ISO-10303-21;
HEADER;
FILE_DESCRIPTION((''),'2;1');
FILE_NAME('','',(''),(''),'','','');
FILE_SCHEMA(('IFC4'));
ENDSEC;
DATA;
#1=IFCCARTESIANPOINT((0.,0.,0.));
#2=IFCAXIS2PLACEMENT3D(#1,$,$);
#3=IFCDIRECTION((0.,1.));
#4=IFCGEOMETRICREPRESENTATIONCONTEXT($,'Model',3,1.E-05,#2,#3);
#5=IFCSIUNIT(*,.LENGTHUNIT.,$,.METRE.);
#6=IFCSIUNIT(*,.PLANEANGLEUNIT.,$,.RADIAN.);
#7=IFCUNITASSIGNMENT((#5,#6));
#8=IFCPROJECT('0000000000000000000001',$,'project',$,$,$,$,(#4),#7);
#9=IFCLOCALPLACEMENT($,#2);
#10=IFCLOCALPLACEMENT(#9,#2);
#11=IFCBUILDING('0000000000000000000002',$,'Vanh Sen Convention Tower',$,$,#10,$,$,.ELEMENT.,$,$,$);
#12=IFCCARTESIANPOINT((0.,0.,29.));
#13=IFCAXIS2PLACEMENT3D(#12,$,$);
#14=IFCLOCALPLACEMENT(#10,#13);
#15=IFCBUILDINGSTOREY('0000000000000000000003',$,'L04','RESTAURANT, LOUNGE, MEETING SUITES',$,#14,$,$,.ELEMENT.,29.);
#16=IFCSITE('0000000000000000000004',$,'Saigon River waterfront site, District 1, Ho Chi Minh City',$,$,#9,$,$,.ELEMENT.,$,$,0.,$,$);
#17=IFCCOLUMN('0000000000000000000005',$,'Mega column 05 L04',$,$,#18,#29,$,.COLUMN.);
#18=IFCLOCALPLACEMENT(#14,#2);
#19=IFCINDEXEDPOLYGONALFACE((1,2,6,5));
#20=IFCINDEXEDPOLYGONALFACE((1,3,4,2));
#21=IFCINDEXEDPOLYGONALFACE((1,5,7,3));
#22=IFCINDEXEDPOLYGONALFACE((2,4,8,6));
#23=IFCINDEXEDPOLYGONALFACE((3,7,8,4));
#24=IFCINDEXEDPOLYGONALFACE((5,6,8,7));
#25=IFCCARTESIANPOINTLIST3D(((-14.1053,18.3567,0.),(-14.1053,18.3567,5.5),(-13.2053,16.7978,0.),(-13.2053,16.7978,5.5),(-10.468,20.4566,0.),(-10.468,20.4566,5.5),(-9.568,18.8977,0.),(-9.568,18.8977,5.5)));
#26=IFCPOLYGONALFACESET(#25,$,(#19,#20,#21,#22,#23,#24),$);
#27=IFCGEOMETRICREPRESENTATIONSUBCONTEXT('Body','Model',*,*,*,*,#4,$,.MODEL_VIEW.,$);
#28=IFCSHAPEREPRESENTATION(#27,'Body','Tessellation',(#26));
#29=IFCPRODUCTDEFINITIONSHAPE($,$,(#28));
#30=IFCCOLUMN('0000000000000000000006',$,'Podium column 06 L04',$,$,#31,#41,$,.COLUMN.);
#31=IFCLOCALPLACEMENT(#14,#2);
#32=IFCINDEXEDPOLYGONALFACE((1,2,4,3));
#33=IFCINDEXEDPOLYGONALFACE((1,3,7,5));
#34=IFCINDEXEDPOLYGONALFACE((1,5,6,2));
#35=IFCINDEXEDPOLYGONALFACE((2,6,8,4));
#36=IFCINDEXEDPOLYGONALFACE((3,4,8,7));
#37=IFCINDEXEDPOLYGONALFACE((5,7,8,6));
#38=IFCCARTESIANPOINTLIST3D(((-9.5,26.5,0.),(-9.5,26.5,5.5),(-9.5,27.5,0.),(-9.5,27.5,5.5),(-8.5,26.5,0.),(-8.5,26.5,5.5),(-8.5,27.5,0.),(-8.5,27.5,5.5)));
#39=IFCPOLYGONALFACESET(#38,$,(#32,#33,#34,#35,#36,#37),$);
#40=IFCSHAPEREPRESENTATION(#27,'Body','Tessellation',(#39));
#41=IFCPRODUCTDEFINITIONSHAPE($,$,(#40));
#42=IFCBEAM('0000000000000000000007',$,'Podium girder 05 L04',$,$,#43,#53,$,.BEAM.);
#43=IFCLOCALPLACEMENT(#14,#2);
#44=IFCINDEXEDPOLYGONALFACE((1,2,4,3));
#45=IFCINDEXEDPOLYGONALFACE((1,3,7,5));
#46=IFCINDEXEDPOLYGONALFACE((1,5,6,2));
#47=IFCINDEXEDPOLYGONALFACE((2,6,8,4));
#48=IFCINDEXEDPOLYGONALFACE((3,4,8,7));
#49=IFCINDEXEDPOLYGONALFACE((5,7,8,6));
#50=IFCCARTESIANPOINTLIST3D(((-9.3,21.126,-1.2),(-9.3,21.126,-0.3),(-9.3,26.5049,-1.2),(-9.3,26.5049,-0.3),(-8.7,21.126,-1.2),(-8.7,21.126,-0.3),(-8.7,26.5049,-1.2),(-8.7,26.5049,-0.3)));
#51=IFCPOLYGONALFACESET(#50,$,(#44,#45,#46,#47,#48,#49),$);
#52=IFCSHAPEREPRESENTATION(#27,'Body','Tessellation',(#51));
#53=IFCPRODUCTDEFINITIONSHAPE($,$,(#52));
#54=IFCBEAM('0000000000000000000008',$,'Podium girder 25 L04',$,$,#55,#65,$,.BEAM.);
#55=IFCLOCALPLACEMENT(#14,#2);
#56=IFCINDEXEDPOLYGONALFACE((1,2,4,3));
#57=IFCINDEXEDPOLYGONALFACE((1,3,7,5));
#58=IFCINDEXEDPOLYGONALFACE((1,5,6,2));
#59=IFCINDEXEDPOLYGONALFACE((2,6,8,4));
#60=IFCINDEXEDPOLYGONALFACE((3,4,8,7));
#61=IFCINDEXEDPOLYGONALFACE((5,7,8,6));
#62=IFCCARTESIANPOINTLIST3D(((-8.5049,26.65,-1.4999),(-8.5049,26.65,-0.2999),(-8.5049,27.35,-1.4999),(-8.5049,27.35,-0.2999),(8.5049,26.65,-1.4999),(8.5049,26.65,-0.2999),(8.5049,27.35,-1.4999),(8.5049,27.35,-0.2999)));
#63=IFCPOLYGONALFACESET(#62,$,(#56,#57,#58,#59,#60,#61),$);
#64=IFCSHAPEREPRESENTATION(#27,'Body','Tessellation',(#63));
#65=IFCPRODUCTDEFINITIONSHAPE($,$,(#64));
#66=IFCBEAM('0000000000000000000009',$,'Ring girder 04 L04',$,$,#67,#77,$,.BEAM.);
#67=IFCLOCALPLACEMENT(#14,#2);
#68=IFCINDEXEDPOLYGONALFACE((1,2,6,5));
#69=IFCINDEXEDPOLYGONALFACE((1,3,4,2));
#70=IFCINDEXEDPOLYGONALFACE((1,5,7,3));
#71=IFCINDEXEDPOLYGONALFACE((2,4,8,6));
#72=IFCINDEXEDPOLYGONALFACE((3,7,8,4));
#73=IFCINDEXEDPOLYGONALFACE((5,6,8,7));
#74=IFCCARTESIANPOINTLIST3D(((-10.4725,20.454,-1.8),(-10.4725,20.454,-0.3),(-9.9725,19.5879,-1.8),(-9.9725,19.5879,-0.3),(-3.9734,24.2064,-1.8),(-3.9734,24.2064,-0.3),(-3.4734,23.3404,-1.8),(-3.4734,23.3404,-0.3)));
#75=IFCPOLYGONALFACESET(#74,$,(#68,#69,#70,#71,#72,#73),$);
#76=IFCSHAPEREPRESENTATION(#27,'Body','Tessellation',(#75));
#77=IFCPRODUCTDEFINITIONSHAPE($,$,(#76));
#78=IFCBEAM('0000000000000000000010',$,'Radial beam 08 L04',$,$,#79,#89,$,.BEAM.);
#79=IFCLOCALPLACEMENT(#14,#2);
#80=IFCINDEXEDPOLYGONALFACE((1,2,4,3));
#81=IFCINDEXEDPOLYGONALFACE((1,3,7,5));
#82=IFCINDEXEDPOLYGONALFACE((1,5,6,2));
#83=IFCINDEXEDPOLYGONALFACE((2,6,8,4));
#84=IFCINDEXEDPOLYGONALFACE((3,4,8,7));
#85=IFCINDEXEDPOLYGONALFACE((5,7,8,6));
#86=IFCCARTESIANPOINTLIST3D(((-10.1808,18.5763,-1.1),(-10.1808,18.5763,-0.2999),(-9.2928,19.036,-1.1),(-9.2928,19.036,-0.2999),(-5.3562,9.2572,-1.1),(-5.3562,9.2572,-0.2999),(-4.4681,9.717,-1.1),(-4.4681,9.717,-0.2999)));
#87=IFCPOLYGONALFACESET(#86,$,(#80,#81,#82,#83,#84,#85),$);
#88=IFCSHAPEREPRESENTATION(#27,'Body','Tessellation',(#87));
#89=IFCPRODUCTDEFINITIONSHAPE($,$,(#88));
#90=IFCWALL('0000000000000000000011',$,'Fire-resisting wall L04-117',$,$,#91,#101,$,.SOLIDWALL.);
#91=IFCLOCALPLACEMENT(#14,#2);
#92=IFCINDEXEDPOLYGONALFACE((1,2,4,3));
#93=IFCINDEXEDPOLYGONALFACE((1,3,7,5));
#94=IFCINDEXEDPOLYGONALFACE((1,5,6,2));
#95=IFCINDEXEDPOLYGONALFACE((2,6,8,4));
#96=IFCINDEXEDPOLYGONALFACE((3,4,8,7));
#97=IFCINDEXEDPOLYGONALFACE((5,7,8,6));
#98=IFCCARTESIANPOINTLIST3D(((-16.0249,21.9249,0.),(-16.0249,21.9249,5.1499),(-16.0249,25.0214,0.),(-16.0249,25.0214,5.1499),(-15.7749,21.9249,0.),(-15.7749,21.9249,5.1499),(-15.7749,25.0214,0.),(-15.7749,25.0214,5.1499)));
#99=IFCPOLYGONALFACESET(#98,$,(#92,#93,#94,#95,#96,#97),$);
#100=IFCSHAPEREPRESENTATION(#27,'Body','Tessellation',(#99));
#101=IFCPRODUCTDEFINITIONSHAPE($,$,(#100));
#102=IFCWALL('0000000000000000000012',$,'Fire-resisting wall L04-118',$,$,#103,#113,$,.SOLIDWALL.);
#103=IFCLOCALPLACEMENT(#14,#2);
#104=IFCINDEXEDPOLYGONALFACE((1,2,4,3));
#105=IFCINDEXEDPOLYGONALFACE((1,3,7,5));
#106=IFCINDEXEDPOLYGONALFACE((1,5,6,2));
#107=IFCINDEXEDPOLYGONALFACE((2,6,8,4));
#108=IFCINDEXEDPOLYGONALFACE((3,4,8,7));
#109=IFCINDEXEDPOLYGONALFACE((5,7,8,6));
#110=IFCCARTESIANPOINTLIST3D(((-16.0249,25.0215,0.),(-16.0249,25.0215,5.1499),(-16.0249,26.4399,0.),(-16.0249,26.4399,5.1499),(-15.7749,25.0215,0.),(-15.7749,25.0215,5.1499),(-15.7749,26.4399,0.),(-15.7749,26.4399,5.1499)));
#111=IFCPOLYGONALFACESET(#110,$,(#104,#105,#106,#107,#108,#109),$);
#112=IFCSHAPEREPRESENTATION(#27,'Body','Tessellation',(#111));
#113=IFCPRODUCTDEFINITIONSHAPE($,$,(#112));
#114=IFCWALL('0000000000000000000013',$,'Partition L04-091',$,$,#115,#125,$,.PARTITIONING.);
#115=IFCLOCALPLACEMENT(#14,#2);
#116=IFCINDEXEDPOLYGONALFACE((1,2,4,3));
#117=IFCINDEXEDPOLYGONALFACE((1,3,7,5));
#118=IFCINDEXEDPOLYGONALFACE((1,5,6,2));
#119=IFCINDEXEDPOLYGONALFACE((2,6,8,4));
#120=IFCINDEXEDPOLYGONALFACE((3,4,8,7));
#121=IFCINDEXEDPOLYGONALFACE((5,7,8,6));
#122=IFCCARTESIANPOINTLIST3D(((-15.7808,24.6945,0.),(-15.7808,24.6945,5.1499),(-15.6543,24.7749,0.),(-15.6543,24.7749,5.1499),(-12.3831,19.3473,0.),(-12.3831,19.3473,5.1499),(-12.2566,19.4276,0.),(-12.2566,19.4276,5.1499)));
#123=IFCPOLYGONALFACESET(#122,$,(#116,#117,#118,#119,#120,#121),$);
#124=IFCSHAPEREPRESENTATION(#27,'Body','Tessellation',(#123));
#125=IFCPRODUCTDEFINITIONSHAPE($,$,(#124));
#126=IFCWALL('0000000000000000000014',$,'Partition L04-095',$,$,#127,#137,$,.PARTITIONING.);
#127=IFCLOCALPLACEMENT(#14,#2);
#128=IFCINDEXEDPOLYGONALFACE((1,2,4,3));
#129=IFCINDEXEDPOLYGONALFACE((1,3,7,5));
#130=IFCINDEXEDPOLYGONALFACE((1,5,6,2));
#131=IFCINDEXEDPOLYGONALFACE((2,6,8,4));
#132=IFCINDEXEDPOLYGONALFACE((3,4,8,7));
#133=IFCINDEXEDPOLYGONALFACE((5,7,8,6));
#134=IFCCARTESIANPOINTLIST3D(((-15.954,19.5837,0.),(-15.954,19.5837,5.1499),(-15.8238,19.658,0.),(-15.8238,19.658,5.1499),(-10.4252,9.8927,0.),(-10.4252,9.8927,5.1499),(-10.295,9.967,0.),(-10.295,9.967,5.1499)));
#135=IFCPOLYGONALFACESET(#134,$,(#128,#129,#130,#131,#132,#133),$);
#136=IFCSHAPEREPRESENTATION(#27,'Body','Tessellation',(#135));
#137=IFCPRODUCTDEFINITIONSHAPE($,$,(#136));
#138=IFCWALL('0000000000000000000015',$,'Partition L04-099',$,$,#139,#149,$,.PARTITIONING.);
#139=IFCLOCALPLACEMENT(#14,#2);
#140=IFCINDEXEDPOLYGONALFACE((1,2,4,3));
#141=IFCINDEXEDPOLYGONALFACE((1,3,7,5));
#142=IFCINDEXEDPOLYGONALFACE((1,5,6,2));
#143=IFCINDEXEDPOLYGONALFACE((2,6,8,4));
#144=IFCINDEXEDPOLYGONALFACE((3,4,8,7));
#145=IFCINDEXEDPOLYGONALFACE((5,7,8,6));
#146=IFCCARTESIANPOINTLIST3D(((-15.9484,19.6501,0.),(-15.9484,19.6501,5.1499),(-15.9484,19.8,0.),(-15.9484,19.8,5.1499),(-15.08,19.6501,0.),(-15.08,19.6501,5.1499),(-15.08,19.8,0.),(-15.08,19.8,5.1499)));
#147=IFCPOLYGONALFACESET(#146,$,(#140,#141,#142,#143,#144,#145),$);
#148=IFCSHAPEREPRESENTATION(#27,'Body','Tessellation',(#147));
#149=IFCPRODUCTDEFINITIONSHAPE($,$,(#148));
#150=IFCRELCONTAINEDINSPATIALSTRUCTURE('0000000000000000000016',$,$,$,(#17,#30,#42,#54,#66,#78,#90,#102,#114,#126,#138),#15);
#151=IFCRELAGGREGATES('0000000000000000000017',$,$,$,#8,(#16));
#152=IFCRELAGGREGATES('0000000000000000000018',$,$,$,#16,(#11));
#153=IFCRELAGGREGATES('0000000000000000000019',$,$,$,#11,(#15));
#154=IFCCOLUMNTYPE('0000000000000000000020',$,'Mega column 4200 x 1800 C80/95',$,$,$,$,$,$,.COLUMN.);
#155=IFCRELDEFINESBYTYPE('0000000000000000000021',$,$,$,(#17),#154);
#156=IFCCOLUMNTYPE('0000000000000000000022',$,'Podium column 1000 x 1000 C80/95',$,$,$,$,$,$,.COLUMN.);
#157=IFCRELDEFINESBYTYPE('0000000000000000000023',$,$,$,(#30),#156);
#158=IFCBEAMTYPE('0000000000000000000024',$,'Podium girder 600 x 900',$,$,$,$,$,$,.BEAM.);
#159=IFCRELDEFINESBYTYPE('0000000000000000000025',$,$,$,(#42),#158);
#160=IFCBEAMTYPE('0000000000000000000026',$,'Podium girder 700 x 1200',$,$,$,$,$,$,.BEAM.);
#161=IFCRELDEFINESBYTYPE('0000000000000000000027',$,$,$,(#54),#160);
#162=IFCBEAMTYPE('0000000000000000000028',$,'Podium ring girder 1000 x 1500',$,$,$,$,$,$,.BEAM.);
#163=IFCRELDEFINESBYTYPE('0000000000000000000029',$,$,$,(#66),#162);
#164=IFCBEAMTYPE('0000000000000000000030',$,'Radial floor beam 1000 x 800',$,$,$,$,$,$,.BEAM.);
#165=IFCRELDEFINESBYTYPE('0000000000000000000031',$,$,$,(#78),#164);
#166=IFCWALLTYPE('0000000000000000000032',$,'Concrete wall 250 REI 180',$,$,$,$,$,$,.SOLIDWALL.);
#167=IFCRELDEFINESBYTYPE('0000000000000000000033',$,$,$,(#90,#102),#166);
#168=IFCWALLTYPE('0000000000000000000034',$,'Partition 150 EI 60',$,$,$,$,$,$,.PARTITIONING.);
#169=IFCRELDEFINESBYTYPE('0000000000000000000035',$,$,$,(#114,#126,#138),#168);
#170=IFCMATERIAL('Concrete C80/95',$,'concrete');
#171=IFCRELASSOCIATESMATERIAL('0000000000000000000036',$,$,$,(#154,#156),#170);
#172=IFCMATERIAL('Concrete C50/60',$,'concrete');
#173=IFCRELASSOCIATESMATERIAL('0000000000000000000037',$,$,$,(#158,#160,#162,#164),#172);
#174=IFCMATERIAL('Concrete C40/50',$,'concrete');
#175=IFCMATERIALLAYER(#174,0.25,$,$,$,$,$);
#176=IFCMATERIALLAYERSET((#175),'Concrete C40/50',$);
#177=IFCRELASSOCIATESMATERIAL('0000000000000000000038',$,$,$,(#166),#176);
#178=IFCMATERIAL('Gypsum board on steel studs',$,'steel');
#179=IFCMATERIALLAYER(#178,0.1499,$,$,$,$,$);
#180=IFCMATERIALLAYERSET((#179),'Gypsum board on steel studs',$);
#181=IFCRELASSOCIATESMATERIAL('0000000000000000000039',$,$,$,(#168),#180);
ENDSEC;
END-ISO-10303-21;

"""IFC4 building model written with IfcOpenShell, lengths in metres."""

from ifc_helpers import new_model, si_unit, direction, frame, frame_2d, origin, origin_2d, place, context, subcontext, project, spatial, rectangle, extrude, material, layer, layer_set, material_profile, profile_set, type_object, element, save


model = new_model("IFC4")

# Units and contexts
model_context = context("Model", 3, precision=1e-05, world=origin(), true_north=direction((0.0, 1.0)))
body_context = subcontext(model_context, "Body", "Model", "MODEL_VIEW")
ifc_project = project(units=[si_unit("LENGTHUNIT", "METRE"), si_unit("PLANEANGLEUNIT", "RADIAN")], contexts=[model_context])

# Site, building, storey
site_placement = place(None, origin())
site = spatial("IfcSite", under=ifc_project, at=site_placement, Name="Saigon River waterfront site, District 1, Ho Chi Minh City", CompositionType="ELEMENT", RefElevation=0.0)
building_placement = place(site_placement, origin())
building = spatial("IfcBuilding", under=site, at=building_placement, Name="Vanh Sen Convention Tower", CompositionType="ELEMENT")
storey_placement = place(building_placement, frame((0.0, 0.0, 29.0)))
storey = spatial("IfcBuildingStorey", under=building, at=storey_placement, Name="L04", Description="RESTAURANT, LOUNGE, MEETING SUITES", CompositionType="ELEMENT", Elevation=29.0)

# Columns
ifc_material_1 = material(Name="Concrete C80/95", Category="concrete")
ifc_material_profile_1 = material_profile(ifc_material_1, rectangle(XDim=4.2, YDim=1.8, at=origin_2d()), Name="RC 4200X1800")
ifc_profile_set_1 = profile_set([ifc_material_profile_1], Name="Concrete C80/95")
column_type_1 = type_object("IfcColumnType", Name="Mega column 4200 x 1800 C80/95", PredefinedType="COLUMN", material=ifc_profile_set_1)
column_1_placement = place(storey_placement, frame((-11.8367, 18.6272, 0.0), z_axis=(0.0, 0.0, 1.0), x_axis=(-0.866028, -0.499995, 0.0)))
element("IfcColumn", 1, at=column_1_placement, inside=storey, type_object=column_type_1, Name="Mega column 05 L04", PredefinedType="COLUMN", context=body_context, shape_type="SweptSolid", body=[
    extrude(rectangle(XDim=4.2, YDim=1.8, at=origin_2d()), origin(), (0.0, 0.0, 1.0), 5.5),
])
ifc_material_profile_2 = material_profile(ifc_material_1, rectangle(XDim=1.0, YDim=1.0, at=origin_2d()), Name="RC 1000X1000")
ifc_profile_set_2 = profile_set([ifc_material_profile_2], Name="Concrete C80/95")
column_type_2 = type_object("IfcColumnType", Name="Podium column 1000 x 1000 C80/95", PredefinedType="COLUMN", material=ifc_profile_set_2)
column_2_placement = place(storey_placement, frame((-9.0, 27.0, 0.0), z_axis=(0.0, 0.0, 1.0), x_axis=(1.0, 0.0, 0.0)))
element("IfcColumn", 2, at=column_2_placement, inside=storey, type_object=column_type_2, Name="Podium column 06 L04", PredefinedType="COLUMN", context=body_context, shape_type="SweptSolid", body=[
    extrude(rectangle(XDim=1.0, YDim=1.0, at=origin_2d()), origin(), (0.0, 0.0, 1.0), 5.5),
])

# Beams
ifc_material_2 = material(Name="Concrete C50/60", Category="concrete")
ifc_material_profile_3 = material_profile(ifc_material_2, rectangle(XDim=0.6001, YDim=0.8999, at=origin_2d()), Name="RC 600X900")
ifc_profile_set_3 = profile_set([ifc_material_profile_3], Name="Concrete C50/60")
beam_type_1 = type_object("IfcBeamType", Name="Podium girder 600 x 900", PredefinedType="BEAM", material=ifc_profile_set_3)
beam_1_placement = place(storey_placement, frame((-9.0, 21.126, -0.75), z_axis=(0.0, 1.0, 0.0), x_axis=(-1.0, 0.0, 0.0)))
element("IfcBeam", 3, at=beam_1_placement, inside=storey, type_object=beam_type_1, Name="Podium girder 05 L04", PredefinedType="BEAM", context=body_context, shape_type="SweptSolid", body=[
    extrude(rectangle(XDim=0.6001, YDim=0.8999, at=origin_2d()), origin(), (0.0, 0.0, 1.0), 5.3789),
])
ifc_material_profile_4 = material_profile(ifc_material_2, rectangle(XDim=0.7, YDim=1.2, at=origin_2d()), Name="RC 700X1200")
ifc_profile_set_4 = profile_set([ifc_material_profile_4], Name="Concrete C50/60")
beam_type_2 = type_object("IfcBeamType", Name="Podium girder 700 x 1200", PredefinedType="BEAM", material=ifc_profile_set_4)
beam_2_placement = place(storey_placement, frame((-8.5049, 27.0, -0.8999), z_axis=(1.0, 0.0, 0.0), x_axis=(0.0, 1.0, 0.0)))
element("IfcBeam", 4, at=beam_2_placement, inside=storey, type_object=beam_type_2, Name="Podium girder 25 L04", PredefinedType="BEAM", context=body_context, shape_type="SweptSolid", body=[
    extrude(rectangle(XDim=0.7, YDim=1.2, at=origin_2d()), origin(), (0.0, 0.0, 1.0), 17.0098),
])
ifc_material_profile_5 = material_profile(ifc_material_2, rectangle(XDim=1.0, YDim=1.5, at=origin_2d()), Name="RC 1000X1500")
ifc_profile_set_5 = profile_set([ifc_material_profile_5], Name="Concrete C50/60")
beam_type_3 = type_object("IfcBeamType", Name="Podium ring girder 1000 x 1500", PredefinedType="BEAM", material=ifc_profile_set_5)
beam_3_placement = place(storey_placement, frame((-3.7234, 23.7734, -1.05), z_axis=(-0.866012, -0.500023, 0.0), x_axis=(0.500023, -0.866012, 0.0)))
element("IfcBeam", 5, at=beam_3_placement, inside=storey, type_object=beam_type_3, Name="Ring girder 04 L04", PredefinedType="BEAM", context=body_context, shape_type="SweptSolid", body=[
    extrude(rectangle(XDim=1.0, YDim=1.5, at=origin_2d()), origin(), (0.0, 0.0, 1.0), 7.5046),
])
ifc_material_profile_6 = material_profile(ifc_material_2, rectangle(XDim=1.0, YDim=0.8, at=origin_2d()), Name="RC 1000X800")
ifc_profile_set_6 = profile_set([ifc_material_profile_6], Name="Concrete C50/60")
beam_type_4 = type_object("IfcBeamType", Name="Radial floor beam 1000 x 800", PredefinedType="BEAM", material=ifc_profile_set_6)
beam_4_placement = place(storey_placement, frame((-9.7368, 18.8062, -0.7), z_axis=(0.45976, -0.888043, 0.0), x_axis=(0.888043, 0.45976, 0.0)))
element("IfcBeam", 6, at=beam_4_placement, inside=storey, type_object=beam_type_4, Name="Radial beam 08 L04", PredefinedType="BEAM", context=body_context, shape_type="SweptSolid", body=[
    extrude(rectangle(XDim=1.0, YDim=0.8, at=origin_2d()), origin(), (0.0, 0.0, 1.0), 10.4939),
])

# Shared definitions
ifc_material_3 = material(Name="Concrete C40/50", Category="concrete")
ifc_layer_1 = layer(ifc_material_3, 0.25)
ifc_layer_set_1 = layer_set([ifc_layer_1], Name="Concrete C40/50")
wall_type_1 = type_object("IfcWallType", Name="Concrete wall 250 REI 180", PredefinedType="SOLIDWALL", material=ifc_layer_set_1)

# Walls
wall_1_placement = place(storey_placement, frame((-15.8999, 25.0215, 0.0), z_axis=(0.0, 0.0, 1.0), x_axis=(0.0, -1.0, 0.0)))
element("IfcWall", 7, at=wall_1_placement, inside=storey, type_object=wall_type_1, Name="Fire-resisting wall L04-117", PredefinedType="SOLIDWALL", context=body_context, shape_type="SweptSolid", body=[
    extrude(rectangle(XDim=3.0964, YDim=0.25, at=frame_2d((1.5483, 0.0))), origin(), (0.0, 0.0, 1.0), 5.1499),
])
wall_2_placement = place(storey_placement, frame((-15.8999, 26.4399, 0.0), z_axis=(0.0, 0.0, 1.0), x_axis=(0.0, -1.0, 0.0)))
element("IfcWall", 8, at=wall_2_placement, inside=storey, type_object=wall_type_1, Name="Fire-resisting wall L04-118", PredefinedType="SOLIDWALL", context=body_context, shape_type="SweptSolid", body=[
    extrude(rectangle(XDim=1.4185, YDim=0.25, at=frame_2d((0.7092, 0.0))), origin(), (0.0, 0.0, 1.0), 5.1499),
])
ifc_material_4 = material(Name="Gypsum board on steel studs", Category="steel")
ifc_layer_2 = layer(ifc_material_4, 0.1499)
ifc_layer_set_2 = layer_set([ifc_layer_2], Name="Gypsum board on steel studs")
wall_type_2 = type_object("IfcWallType", Name="Partition 150 EI 60", PredefinedType="PARTITIONING", material=ifc_layer_set_2)
wall_3_placement = place(storey_placement, frame((-12.3198, 19.3875, 0.0), z_axis=(0.0, 0.0, 1.0), x_axis=(-0.536309, 0.844021, 0.0)))
element("IfcWall", 9, at=wall_3_placement, inside=storey, type_object=wall_type_2, Name="Partition L04-091", PredefinedType="PARTITIONING", context=body_context, shape_type="SweptSolid", body=[
    extrude(rectangle(XDim=6.3354, YDim=0.1499, at=frame_2d((3.1677, 0.0))), origin(), (0.0, 0.0, 1.0), 5.1499),
])
wall_4_placement = place(storey_placement, frame((-15.8889, 19.6208, 0.0), z_axis=(0.0, 0.0, 1.0), x_axis=(0.49554, -0.868585, 0.0)))
element("IfcWall", 10, at=wall_4_placement, inside=storey, type_object=wall_type_2, Name="Partition L04-095", PredefinedType="PARTITIONING", context=body_context, shape_type="SweptSolid", body=[
    extrude(rectangle(XDim=11.1572, YDim=0.1499, at=frame_2d((5.5786, 0.0))), origin(), (0.0, 0.0, 1.0), 5.1499),
])
wall_5_placement = place(storey_placement, frame((-15.0801, 19.7251, 0.0), z_axis=(0.0, 0.0, 1.0), x_axis=(-1.0, 0.0, 0.0)))
element("IfcWall", 11, at=wall_5_placement, inside=storey, type_object=wall_type_2, Name="Partition L04-099", PredefinedType="PARTITIONING", context=body_context, shape_type="SweptSolid", body=[
    extrude(rectangle(XDim=0.8684, YDim=0.1499, at=frame_2d((0.4341, 0.0))), origin(), (0.0, 0.0, 1.0), 5.1499),
])

save(model, "model.ifc")
